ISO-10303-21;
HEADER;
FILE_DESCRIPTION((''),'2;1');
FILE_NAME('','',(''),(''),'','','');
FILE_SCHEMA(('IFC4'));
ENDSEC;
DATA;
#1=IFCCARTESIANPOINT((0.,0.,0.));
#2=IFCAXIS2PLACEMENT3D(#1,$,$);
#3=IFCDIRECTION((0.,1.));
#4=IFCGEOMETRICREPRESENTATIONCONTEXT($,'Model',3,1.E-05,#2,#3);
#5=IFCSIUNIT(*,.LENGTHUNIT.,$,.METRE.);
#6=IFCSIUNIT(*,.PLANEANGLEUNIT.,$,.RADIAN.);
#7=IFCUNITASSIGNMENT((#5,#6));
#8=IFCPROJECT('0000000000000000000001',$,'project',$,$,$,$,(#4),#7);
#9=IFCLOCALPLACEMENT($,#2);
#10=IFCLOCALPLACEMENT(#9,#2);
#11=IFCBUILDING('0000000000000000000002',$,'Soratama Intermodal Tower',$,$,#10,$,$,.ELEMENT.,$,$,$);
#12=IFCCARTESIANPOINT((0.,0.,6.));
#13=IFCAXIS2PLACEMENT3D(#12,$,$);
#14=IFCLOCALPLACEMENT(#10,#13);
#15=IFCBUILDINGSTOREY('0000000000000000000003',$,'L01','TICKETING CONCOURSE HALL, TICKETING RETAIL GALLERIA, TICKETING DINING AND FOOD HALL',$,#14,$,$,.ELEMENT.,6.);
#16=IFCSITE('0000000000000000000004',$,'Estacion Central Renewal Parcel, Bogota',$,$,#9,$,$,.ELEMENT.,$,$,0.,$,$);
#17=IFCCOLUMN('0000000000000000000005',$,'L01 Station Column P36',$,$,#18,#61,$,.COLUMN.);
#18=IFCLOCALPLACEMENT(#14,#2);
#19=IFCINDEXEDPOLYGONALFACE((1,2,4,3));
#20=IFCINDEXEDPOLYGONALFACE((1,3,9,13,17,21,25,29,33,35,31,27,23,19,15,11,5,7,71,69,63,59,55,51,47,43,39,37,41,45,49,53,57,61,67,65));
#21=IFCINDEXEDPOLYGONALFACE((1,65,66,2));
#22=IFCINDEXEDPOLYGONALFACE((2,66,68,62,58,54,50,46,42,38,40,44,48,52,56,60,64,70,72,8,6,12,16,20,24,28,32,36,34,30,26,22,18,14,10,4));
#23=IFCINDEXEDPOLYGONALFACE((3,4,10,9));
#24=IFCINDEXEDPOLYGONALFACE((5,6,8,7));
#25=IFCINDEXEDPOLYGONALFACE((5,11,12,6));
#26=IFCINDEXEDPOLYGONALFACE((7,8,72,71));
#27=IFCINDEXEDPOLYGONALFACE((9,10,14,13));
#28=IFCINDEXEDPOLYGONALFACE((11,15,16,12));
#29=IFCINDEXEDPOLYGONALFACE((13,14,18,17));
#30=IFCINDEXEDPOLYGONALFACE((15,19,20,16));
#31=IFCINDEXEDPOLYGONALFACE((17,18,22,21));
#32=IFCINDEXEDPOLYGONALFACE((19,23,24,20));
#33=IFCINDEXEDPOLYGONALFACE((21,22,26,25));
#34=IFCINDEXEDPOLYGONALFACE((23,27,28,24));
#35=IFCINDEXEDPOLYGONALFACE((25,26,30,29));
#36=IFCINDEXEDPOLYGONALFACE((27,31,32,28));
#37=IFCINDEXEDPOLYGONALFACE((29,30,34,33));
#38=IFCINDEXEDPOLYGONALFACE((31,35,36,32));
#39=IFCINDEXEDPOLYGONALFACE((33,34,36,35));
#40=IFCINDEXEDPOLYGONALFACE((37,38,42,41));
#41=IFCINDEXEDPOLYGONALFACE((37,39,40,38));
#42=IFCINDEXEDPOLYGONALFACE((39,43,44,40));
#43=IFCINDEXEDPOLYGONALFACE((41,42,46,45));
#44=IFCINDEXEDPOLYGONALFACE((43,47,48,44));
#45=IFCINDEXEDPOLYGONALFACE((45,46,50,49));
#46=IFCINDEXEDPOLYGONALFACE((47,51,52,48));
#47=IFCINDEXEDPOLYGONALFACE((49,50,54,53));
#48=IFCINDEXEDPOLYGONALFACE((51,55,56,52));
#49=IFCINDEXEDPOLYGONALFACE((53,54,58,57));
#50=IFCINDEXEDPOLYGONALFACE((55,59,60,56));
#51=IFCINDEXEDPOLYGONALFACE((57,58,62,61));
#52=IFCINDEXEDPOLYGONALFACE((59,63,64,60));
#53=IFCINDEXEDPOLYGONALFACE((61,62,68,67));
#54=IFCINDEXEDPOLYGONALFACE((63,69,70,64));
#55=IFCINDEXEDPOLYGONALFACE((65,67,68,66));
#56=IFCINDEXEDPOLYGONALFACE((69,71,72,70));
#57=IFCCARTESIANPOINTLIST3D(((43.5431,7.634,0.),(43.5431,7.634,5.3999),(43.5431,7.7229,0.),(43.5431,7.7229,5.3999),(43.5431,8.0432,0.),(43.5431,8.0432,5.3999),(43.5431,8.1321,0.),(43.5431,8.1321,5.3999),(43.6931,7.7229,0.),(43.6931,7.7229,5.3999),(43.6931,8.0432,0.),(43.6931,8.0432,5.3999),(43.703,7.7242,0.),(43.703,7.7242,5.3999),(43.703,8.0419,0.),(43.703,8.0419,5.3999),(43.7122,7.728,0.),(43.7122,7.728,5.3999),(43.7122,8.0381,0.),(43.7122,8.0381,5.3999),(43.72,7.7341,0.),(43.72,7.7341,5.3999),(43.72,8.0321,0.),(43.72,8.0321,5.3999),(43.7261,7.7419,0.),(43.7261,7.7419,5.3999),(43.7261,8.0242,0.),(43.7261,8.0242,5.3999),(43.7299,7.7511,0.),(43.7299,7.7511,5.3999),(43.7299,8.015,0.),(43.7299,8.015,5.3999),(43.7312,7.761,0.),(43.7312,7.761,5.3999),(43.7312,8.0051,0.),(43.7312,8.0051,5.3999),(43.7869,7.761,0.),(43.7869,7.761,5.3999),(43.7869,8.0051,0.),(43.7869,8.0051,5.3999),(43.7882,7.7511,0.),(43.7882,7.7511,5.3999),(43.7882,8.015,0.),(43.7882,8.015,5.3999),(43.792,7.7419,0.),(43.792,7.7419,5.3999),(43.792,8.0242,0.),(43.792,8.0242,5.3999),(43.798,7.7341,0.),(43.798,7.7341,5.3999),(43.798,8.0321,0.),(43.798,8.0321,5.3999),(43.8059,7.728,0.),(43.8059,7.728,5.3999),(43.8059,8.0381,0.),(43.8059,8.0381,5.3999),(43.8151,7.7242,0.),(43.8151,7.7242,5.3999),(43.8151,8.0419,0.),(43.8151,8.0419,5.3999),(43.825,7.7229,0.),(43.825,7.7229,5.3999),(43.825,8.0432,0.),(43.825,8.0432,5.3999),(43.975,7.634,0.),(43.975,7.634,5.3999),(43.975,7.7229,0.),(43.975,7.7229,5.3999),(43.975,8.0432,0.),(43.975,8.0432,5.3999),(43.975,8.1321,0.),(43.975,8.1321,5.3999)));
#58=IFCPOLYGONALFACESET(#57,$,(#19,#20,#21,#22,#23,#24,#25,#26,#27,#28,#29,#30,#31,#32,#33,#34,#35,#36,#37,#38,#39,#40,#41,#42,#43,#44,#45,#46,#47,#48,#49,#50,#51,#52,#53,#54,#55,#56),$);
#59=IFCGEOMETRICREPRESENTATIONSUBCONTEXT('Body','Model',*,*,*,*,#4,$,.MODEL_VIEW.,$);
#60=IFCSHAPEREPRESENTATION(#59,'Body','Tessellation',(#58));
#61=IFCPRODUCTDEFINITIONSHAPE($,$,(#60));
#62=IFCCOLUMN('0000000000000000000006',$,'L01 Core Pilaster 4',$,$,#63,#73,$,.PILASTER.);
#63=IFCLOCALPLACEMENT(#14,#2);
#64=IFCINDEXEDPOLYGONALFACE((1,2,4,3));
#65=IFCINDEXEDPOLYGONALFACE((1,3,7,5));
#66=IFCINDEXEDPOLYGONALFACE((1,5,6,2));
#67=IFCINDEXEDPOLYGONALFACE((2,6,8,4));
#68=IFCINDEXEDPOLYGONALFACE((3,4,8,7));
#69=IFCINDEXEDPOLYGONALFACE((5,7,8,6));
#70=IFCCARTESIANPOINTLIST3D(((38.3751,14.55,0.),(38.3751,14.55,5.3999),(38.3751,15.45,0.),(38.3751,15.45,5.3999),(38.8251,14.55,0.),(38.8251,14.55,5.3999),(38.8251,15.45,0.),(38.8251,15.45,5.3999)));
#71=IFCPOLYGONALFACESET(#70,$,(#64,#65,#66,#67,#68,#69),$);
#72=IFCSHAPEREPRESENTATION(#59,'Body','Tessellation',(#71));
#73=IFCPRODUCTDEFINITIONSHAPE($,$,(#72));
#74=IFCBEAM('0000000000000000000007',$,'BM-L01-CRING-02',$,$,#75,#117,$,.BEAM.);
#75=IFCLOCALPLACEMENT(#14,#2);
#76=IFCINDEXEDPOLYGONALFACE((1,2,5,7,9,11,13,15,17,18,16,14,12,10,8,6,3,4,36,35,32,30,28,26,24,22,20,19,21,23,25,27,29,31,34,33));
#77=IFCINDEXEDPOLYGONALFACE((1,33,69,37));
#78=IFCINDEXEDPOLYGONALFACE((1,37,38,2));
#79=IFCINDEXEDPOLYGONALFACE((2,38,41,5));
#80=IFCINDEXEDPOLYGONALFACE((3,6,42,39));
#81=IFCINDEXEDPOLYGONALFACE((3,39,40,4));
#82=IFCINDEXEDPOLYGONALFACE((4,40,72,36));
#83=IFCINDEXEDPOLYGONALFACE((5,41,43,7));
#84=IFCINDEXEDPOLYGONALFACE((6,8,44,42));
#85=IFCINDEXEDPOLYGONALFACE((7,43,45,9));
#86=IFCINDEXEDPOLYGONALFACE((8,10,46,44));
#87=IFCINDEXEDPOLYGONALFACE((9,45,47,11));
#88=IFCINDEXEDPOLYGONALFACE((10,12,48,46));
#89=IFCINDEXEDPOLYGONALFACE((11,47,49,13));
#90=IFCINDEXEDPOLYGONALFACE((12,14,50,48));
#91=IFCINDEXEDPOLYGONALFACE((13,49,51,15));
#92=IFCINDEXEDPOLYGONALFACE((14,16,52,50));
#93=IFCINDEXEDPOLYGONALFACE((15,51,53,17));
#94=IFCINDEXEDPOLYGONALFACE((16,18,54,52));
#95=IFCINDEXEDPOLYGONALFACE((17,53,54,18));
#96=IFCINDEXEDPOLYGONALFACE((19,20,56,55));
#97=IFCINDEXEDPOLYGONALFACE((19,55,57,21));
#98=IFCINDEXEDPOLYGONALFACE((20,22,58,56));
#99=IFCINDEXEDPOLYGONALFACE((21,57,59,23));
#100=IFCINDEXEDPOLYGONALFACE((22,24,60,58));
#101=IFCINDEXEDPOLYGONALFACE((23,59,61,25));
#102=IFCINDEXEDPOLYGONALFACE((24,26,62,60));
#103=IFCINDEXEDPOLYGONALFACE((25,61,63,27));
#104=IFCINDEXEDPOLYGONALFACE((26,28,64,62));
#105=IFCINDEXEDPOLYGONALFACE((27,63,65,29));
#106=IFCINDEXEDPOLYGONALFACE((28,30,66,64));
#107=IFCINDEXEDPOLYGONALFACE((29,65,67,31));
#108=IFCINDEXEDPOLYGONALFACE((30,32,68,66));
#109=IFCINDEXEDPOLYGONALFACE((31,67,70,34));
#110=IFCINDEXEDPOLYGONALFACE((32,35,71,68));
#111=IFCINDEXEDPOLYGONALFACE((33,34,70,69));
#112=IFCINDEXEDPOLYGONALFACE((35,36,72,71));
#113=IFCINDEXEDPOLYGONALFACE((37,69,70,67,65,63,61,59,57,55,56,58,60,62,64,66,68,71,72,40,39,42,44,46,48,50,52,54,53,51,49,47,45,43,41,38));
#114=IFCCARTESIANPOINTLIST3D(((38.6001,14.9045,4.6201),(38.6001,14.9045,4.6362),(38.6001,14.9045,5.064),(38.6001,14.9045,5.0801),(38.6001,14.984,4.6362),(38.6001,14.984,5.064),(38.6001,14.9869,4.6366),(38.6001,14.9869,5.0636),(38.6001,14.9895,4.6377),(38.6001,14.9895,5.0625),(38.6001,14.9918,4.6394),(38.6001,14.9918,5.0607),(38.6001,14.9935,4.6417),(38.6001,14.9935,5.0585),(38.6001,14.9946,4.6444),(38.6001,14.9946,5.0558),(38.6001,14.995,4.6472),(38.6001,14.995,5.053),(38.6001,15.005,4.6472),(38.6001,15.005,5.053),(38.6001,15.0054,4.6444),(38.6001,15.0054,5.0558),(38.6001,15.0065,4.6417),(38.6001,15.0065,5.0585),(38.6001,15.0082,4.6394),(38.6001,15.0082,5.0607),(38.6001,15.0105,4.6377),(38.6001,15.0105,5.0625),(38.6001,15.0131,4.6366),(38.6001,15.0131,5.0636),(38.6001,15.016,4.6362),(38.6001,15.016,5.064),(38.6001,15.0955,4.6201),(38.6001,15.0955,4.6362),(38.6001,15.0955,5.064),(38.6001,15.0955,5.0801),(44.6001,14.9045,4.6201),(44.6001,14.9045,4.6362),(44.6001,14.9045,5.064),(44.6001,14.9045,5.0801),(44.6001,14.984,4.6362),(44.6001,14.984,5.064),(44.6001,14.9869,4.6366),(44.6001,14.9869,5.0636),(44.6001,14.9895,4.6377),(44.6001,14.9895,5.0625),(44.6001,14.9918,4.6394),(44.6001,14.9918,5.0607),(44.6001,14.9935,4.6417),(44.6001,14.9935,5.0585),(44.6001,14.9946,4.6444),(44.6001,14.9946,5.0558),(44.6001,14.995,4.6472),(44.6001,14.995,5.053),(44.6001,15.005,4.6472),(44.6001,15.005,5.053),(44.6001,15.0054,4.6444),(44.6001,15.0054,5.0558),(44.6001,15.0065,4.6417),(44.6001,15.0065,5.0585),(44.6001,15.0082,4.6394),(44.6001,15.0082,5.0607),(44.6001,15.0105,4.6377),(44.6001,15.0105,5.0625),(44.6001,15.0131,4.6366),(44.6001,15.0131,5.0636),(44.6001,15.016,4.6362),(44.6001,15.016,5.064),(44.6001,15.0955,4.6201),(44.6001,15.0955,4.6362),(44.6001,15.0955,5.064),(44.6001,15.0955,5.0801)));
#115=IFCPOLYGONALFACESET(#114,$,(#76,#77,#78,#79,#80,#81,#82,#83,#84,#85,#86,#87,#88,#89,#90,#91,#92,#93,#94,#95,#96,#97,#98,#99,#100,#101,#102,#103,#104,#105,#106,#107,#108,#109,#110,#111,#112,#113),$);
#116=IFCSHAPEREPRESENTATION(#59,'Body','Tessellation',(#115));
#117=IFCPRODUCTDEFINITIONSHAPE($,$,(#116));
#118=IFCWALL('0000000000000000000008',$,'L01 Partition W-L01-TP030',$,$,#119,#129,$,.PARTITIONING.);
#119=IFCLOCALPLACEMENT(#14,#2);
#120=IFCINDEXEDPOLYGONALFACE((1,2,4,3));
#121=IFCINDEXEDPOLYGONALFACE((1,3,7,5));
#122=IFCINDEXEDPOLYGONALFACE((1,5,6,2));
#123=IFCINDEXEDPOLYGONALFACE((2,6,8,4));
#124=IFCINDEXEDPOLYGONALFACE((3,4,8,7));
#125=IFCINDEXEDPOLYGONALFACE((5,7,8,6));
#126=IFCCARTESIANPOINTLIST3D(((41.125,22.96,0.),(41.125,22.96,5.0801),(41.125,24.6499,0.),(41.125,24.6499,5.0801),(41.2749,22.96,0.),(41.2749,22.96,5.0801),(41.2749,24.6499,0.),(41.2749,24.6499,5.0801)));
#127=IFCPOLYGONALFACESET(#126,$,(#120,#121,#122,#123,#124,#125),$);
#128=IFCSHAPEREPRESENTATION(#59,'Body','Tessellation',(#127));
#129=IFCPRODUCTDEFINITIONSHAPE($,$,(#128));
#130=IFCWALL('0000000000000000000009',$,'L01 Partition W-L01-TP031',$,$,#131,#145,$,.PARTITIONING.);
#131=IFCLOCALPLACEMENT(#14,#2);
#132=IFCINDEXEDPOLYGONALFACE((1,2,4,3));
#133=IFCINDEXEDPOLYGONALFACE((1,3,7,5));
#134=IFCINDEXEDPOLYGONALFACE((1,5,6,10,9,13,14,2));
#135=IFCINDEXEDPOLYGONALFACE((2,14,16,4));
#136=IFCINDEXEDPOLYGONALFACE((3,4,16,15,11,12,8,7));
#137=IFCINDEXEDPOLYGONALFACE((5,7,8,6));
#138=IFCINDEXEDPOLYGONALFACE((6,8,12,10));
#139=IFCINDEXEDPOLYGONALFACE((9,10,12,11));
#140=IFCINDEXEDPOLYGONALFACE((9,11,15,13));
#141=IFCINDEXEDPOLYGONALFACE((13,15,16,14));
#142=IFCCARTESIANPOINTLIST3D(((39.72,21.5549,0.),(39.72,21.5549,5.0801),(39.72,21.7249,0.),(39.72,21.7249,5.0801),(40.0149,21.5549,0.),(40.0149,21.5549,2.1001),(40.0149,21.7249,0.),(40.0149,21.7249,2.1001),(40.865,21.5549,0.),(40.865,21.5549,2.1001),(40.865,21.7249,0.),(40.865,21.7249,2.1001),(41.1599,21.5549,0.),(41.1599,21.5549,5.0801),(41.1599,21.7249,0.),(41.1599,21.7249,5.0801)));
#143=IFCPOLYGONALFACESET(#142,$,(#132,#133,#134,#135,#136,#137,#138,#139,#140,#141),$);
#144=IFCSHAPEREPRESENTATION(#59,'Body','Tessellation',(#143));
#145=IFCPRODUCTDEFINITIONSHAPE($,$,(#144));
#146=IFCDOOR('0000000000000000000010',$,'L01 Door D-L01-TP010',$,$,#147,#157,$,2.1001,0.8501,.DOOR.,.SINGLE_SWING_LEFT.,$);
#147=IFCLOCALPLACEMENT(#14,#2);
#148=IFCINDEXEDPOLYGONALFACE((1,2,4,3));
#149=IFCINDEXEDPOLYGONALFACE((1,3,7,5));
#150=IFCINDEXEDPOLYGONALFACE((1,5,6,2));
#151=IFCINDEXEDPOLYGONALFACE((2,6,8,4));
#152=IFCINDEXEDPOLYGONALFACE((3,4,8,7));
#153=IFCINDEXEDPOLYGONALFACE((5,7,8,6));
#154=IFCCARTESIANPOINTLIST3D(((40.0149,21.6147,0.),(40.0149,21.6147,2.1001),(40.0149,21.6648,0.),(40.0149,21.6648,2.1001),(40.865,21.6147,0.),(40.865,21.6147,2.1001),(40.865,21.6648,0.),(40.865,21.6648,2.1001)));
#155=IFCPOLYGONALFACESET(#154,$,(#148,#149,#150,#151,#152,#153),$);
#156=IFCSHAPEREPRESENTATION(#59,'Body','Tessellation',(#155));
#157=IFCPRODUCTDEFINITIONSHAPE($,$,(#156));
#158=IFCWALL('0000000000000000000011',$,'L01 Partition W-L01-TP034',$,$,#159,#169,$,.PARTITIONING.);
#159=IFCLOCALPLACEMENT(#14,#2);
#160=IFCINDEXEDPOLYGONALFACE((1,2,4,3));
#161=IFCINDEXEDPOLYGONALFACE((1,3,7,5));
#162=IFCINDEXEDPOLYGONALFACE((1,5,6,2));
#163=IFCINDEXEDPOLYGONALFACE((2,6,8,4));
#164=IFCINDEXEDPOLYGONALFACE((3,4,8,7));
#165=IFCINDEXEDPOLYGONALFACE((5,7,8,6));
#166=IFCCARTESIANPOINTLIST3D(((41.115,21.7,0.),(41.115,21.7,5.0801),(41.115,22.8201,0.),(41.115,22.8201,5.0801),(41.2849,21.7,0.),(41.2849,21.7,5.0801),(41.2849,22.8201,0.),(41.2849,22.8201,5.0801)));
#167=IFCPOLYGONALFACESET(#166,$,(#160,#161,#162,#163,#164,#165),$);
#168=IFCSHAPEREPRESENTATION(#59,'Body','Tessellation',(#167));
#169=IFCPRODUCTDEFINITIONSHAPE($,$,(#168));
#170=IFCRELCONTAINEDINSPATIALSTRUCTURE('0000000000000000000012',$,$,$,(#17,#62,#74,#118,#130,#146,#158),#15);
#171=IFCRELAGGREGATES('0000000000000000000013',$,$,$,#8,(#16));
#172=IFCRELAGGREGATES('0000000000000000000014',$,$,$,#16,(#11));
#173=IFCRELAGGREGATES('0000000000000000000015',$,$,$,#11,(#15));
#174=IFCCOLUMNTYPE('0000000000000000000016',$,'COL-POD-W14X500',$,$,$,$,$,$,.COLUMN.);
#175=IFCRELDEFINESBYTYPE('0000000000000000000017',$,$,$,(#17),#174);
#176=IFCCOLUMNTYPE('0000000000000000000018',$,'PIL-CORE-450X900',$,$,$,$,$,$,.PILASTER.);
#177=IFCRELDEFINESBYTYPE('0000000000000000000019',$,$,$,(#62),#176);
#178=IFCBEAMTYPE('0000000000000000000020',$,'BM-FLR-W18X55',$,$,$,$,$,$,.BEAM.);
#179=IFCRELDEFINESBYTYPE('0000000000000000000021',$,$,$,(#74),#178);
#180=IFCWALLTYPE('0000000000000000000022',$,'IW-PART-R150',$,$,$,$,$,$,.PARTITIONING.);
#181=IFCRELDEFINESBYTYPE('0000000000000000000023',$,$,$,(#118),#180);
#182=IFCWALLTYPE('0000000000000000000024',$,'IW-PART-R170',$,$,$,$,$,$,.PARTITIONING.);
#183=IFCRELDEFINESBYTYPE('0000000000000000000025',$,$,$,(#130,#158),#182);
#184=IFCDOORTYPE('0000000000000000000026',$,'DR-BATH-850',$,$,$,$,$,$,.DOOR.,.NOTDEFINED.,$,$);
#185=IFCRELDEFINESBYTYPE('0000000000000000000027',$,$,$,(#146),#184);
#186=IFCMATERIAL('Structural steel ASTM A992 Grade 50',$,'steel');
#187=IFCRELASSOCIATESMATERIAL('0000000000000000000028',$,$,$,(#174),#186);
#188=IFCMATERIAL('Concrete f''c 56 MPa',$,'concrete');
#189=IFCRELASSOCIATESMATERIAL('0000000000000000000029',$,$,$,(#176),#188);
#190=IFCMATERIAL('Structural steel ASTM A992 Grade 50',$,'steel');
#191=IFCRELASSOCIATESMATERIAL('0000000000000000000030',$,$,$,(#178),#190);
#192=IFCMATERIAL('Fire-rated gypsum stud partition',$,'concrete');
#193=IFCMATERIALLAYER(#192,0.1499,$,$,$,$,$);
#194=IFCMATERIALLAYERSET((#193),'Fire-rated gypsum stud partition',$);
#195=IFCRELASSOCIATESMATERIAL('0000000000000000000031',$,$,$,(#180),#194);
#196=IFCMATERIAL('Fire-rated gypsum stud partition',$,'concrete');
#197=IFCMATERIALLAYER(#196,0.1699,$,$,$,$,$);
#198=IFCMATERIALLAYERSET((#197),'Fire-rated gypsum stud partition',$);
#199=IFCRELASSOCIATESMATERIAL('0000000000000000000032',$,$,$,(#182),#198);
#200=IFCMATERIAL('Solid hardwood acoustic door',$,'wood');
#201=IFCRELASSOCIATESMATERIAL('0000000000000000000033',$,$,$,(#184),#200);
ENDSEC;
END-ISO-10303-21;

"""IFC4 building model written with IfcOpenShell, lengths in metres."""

from ifc_helpers import new_model, si_unit, direction, frame, frame_2d, origin, origin_2d, place, context, subcontext, project, spatial, rectangle, i_section, extrude, material, layer, layer_set, material_profile, profile_set, type_object, element, fill, save


model = new_model("IFC4")

# Units and contexts
model_context = context("Model", 3, precision=1e-05, world=origin(), true_north=direction((0.0, 1.0)))
body_context = subcontext(model_context, "Body", "Model", "MODEL_VIEW")
ifc_project = project(units=[si_unit("LENGTHUNIT", "METRE"), si_unit("PLANEANGLEUNIT", "RADIAN")], contexts=[model_context])

# Site, building, storey
site_placement = place(None, origin())
site = spatial("IfcSite", under=ifc_project, at=site_placement, Name="Estacion Central Renewal Parcel, Bogota", CompositionType="ELEMENT", RefElevation=0.0)
building_placement = place(site_placement, origin())
building = spatial("IfcBuilding", under=site, at=building_placement, Name="Soratama Intermodal Tower", CompositionType="ELEMENT")
storey_placement = place(building_placement, frame((0.0, 0.0, 6.0)))
storey = spatial("IfcBuildingStorey", under=building, at=storey_placement, Name="L01", Description="TICKETING CONCOURSE HALL, TICKETING RETAIL GALLERIA, TICKETING DINING AND FOOD HALL", CompositionType="ELEMENT", Elevation=6.0)

# Columns
ifc_material_1 = material(Name="Structural steel ASTM A992 Grade 50", Category="steel")
ifc_material_profile_1 = material_profile(ifc_material_1, i_section(OverallWidth=0.4319, OverallDepth=0.498, WebThickness=0.0557, FlangeThickness=0.0889, FilletRadius=0.0381, at=origin_2d()), Name="W14X500")
ifc_profile_set_1 = profile_set([ifc_material_profile_1], Name="Structural steel ASTM A992 Grade 50")
column_type_1 = type_object("IfcColumnType", Name="COL-POD-W14X500", PredefinedType="COLUMN", material=ifc_profile_set_1)
column_1_placement = place(storey_placement, frame((43.759, 7.8831, 0.0), z_axis=(0.0, 0.0, 1.0), x_axis=(1.0, 0.0, 0.0)))
element("IfcColumn", 1, at=column_1_placement, inside=storey, type_object=column_type_1, Name="L01 Station Column P36", PredefinedType="COLUMN", context=body_context, shape_type="SweptSolid", body=[
    extrude(i_section(OverallWidth=0.4319, OverallDepth=0.498, WebThickness=0.0557, FlangeThickness=0.0889, FilletRadius=0.0381, at=origin_2d()), origin(), (0.0, 0.0, 1.0), 5.3999),
])
ifc_material_2 = material(Name="Concrete f'c 56 MPa", Category="concrete")
ifc_material_profile_2 = material_profile(ifc_material_2, rectangle(XDim=0.45, YDim=0.8999, at=origin_2d()), Name="RC450X900")
ifc_profile_set_2 = profile_set([ifc_material_profile_2], Name="Concrete f'c 56 MPa")
column_type_2 = type_object("IfcColumnType", Name="PIL-CORE-450X900", PredefinedType="PILASTER", material=ifc_profile_set_2)
column_2_placement = place(storey_placement, frame((38.6001, 15.0, 0.0), z_axis=(0.0, 0.0, 1.0), x_axis=(1.0, 0.0, 0.0)))
element("IfcColumn", 2, at=column_2_placement, inside=storey, type_object=column_type_2, Name="L01 Core Pilaster 4", PredefinedType="PILASTER", context=body_context, shape_type="SweptSolid", body=[
    extrude(rectangle(XDim=0.45, YDim=0.8999, at=origin_2d()), origin(), (0.0, 0.0, 1.0), 5.3999),
])

# Beam
ifc_material_3 = material(Name="Structural steel ASTM A992 Grade 50", Category="steel")
ifc_material_profile_3 = material_profile(ifc_material_3, i_section(OverallWidth=0.1909, OverallDepth=0.46, WebThickness=0.01, FlangeThickness=0.0161, FilletRadius=0.011, at=origin_2d()), Name="W18X55")
ifc_profile_set_3 = profile_set([ifc_material_profile_3], Name="Structural steel ASTM A992 Grade 50")
beam_type = type_object("IfcBeamType", Name="BM-FLR-W18X55", PredefinedType="BEAM", material=ifc_profile_set_3)
beam_placement = place(storey_placement, frame((38.6001, 15.0, 4.8501), z_axis=(1.0, 0.0, 0.0), x_axis=(0.0, 1.0, 0.0)))
element("IfcBeam", 3, at=beam_placement, inside=storey, type_object=beam_type, Name="BM-L01-CRING-02", PredefinedType="BEAM", context=body_context, shape_type="SweptSolid", body=[
    extrude(i_section(OverallWidth=0.1909, OverallDepth=0.46, WebThickness=0.01, FlangeThickness=0.0161, FilletRadius=0.011, at=origin_2d()), origin(), (0.0, 0.0, 1.0), 6.0),
])

# Wall
ifc_material_4 = material(Name="Fire-rated gypsum stud partition", Category="concrete")
ifc_layer_1 = layer(ifc_material_4, 0.1499)
ifc_layer_set_1 = layer_set([ifc_layer_1], Name="Fire-rated gypsum stud partition")
wall_type_1 = type_object("IfcWallType", Name="IW-PART-R150", PredefinedType="PARTITIONING", material=ifc_layer_set_1)
wall_1_placement = place(storey_placement, frame((41.2, 22.96, 0.0), z_axis=(0.0, 0.0, 1.0), x_axis=(0.0, 1.0, 0.0)))
element("IfcWall", 4, at=wall_1_placement, inside=storey, type_object=wall_type_1, Name="L01 Partition W-L01-TP030", PredefinedType="PARTITIONING", context=body_context, shape_type="SweptSolid", body=[
    extrude(rectangle(XDim=1.6899, YDim=0.1499, at=frame_2d((0.845, 0.0))), origin(), (0.0, 0.0, 1.0), 5.0801),
])

# Wall, opening, door
ifc_material_5 = material(Name="Fire-rated gypsum stud partition", Category="concrete")
ifc_layer_2 = layer(ifc_material_5, 0.1699)
ifc_layer_set_2 = layer_set([ifc_layer_2], Name="Fire-rated gypsum stud partition")
wall_type_2 = type_object("IfcWallType", Name="IW-PART-R170", PredefinedType="PARTITIONING", material=ifc_layer_set_2)
wall_2_placement = place(storey_placement, frame((39.72, 21.6399, 0.0), z_axis=(0.0, 0.0, 1.0), x_axis=(1.0, 0.0, 0.0)))
wall_2 = element("IfcWall", 5, at=wall_2_placement, inside=storey, type_object=wall_type_2, Name="L01 Partition W-L01-TP031", PredefinedType="PARTITIONING", context=body_context, shape_type="SweptSolid", body=[
    extrude(rectangle(XDim=1.4399, YDim=0.1699, at=frame_2d((0.72, 0.0))), origin(), (0.0, 0.0, 1.0), 5.0801),
])
opening_1_placement = place(wall_2_placement, frame((0.2949, 0.0, 0.0)))
opening_1 = element("IfcOpeningElement", 6, at=opening_1_placement, cuts=wall_2, PredefinedType="OPENING", context=body_context, shape_type="SweptSolid", body=[
    extrude(rectangle(XDim=0.8501, YDim=2.1001, at=frame_2d((0.425, 1.05))), frame((0.0, 0.095, 0.0), z_axis=(0.0, -1.0, 0.0), x_axis=(1.0, 0.0, 0.0)), (0.0, 0.0, 1.0), 0.1899),
])
ifc_material_6 = material(Name="Solid hardwood acoustic door", Category="wood")
door_type_1 = type_object("IfcDoorType", Name="DR-BATH-850", OperationType="NOTDEFINED", PredefinedType="DOOR", material=ifc_material_6)
door_1_placement = place(opening_1_placement, origin())
door_1 = element("IfcDoor", 7, at=door_1_placement, inside=storey, type_object=door_type_1, Name="L01 Door D-L01-TP010", OperationType="SINGLE_SWING_LEFT", OverallHeight=2.1001, OverallWidth=0.8501, PredefinedType="DOOR", context=body_context, shape_type="SweptSolid", body=[
    extrude(rectangle(XDim=0.8501, YDim=2.1001, at=frame_2d((0.425, 1.05))), frame((0.0, 0.0249, 0.0), z_axis=(0.0, -1.0, 0.0), x_axis=(1.0, 0.0, 0.0)), (0.0, 0.0, 1.0), 0.05),
])
fill(opening_1, door_1)

# Wall
wall_3_placement = place(storey_placement, frame((41.2, 21.7, 0.0), z_axis=(0.0, 0.0, 1.0), x_axis=(0.0, 1.0, 0.0)))
element("IfcWall", 8, at=wall_3_placement, inside=storey, type_object=wall_type_2, Name="L01 Partition W-L01-TP034", PredefinedType="PARTITIONING", context=body_context, shape_type="SweptSolid", body=[
    extrude(rectangle(XDim=1.1201, YDim=0.1699, at=frame_2d((0.5601, 0.0))), origin(), (0.0, 0.0, 1.0), 5.0801),
])

save(model, "model.ifc")
